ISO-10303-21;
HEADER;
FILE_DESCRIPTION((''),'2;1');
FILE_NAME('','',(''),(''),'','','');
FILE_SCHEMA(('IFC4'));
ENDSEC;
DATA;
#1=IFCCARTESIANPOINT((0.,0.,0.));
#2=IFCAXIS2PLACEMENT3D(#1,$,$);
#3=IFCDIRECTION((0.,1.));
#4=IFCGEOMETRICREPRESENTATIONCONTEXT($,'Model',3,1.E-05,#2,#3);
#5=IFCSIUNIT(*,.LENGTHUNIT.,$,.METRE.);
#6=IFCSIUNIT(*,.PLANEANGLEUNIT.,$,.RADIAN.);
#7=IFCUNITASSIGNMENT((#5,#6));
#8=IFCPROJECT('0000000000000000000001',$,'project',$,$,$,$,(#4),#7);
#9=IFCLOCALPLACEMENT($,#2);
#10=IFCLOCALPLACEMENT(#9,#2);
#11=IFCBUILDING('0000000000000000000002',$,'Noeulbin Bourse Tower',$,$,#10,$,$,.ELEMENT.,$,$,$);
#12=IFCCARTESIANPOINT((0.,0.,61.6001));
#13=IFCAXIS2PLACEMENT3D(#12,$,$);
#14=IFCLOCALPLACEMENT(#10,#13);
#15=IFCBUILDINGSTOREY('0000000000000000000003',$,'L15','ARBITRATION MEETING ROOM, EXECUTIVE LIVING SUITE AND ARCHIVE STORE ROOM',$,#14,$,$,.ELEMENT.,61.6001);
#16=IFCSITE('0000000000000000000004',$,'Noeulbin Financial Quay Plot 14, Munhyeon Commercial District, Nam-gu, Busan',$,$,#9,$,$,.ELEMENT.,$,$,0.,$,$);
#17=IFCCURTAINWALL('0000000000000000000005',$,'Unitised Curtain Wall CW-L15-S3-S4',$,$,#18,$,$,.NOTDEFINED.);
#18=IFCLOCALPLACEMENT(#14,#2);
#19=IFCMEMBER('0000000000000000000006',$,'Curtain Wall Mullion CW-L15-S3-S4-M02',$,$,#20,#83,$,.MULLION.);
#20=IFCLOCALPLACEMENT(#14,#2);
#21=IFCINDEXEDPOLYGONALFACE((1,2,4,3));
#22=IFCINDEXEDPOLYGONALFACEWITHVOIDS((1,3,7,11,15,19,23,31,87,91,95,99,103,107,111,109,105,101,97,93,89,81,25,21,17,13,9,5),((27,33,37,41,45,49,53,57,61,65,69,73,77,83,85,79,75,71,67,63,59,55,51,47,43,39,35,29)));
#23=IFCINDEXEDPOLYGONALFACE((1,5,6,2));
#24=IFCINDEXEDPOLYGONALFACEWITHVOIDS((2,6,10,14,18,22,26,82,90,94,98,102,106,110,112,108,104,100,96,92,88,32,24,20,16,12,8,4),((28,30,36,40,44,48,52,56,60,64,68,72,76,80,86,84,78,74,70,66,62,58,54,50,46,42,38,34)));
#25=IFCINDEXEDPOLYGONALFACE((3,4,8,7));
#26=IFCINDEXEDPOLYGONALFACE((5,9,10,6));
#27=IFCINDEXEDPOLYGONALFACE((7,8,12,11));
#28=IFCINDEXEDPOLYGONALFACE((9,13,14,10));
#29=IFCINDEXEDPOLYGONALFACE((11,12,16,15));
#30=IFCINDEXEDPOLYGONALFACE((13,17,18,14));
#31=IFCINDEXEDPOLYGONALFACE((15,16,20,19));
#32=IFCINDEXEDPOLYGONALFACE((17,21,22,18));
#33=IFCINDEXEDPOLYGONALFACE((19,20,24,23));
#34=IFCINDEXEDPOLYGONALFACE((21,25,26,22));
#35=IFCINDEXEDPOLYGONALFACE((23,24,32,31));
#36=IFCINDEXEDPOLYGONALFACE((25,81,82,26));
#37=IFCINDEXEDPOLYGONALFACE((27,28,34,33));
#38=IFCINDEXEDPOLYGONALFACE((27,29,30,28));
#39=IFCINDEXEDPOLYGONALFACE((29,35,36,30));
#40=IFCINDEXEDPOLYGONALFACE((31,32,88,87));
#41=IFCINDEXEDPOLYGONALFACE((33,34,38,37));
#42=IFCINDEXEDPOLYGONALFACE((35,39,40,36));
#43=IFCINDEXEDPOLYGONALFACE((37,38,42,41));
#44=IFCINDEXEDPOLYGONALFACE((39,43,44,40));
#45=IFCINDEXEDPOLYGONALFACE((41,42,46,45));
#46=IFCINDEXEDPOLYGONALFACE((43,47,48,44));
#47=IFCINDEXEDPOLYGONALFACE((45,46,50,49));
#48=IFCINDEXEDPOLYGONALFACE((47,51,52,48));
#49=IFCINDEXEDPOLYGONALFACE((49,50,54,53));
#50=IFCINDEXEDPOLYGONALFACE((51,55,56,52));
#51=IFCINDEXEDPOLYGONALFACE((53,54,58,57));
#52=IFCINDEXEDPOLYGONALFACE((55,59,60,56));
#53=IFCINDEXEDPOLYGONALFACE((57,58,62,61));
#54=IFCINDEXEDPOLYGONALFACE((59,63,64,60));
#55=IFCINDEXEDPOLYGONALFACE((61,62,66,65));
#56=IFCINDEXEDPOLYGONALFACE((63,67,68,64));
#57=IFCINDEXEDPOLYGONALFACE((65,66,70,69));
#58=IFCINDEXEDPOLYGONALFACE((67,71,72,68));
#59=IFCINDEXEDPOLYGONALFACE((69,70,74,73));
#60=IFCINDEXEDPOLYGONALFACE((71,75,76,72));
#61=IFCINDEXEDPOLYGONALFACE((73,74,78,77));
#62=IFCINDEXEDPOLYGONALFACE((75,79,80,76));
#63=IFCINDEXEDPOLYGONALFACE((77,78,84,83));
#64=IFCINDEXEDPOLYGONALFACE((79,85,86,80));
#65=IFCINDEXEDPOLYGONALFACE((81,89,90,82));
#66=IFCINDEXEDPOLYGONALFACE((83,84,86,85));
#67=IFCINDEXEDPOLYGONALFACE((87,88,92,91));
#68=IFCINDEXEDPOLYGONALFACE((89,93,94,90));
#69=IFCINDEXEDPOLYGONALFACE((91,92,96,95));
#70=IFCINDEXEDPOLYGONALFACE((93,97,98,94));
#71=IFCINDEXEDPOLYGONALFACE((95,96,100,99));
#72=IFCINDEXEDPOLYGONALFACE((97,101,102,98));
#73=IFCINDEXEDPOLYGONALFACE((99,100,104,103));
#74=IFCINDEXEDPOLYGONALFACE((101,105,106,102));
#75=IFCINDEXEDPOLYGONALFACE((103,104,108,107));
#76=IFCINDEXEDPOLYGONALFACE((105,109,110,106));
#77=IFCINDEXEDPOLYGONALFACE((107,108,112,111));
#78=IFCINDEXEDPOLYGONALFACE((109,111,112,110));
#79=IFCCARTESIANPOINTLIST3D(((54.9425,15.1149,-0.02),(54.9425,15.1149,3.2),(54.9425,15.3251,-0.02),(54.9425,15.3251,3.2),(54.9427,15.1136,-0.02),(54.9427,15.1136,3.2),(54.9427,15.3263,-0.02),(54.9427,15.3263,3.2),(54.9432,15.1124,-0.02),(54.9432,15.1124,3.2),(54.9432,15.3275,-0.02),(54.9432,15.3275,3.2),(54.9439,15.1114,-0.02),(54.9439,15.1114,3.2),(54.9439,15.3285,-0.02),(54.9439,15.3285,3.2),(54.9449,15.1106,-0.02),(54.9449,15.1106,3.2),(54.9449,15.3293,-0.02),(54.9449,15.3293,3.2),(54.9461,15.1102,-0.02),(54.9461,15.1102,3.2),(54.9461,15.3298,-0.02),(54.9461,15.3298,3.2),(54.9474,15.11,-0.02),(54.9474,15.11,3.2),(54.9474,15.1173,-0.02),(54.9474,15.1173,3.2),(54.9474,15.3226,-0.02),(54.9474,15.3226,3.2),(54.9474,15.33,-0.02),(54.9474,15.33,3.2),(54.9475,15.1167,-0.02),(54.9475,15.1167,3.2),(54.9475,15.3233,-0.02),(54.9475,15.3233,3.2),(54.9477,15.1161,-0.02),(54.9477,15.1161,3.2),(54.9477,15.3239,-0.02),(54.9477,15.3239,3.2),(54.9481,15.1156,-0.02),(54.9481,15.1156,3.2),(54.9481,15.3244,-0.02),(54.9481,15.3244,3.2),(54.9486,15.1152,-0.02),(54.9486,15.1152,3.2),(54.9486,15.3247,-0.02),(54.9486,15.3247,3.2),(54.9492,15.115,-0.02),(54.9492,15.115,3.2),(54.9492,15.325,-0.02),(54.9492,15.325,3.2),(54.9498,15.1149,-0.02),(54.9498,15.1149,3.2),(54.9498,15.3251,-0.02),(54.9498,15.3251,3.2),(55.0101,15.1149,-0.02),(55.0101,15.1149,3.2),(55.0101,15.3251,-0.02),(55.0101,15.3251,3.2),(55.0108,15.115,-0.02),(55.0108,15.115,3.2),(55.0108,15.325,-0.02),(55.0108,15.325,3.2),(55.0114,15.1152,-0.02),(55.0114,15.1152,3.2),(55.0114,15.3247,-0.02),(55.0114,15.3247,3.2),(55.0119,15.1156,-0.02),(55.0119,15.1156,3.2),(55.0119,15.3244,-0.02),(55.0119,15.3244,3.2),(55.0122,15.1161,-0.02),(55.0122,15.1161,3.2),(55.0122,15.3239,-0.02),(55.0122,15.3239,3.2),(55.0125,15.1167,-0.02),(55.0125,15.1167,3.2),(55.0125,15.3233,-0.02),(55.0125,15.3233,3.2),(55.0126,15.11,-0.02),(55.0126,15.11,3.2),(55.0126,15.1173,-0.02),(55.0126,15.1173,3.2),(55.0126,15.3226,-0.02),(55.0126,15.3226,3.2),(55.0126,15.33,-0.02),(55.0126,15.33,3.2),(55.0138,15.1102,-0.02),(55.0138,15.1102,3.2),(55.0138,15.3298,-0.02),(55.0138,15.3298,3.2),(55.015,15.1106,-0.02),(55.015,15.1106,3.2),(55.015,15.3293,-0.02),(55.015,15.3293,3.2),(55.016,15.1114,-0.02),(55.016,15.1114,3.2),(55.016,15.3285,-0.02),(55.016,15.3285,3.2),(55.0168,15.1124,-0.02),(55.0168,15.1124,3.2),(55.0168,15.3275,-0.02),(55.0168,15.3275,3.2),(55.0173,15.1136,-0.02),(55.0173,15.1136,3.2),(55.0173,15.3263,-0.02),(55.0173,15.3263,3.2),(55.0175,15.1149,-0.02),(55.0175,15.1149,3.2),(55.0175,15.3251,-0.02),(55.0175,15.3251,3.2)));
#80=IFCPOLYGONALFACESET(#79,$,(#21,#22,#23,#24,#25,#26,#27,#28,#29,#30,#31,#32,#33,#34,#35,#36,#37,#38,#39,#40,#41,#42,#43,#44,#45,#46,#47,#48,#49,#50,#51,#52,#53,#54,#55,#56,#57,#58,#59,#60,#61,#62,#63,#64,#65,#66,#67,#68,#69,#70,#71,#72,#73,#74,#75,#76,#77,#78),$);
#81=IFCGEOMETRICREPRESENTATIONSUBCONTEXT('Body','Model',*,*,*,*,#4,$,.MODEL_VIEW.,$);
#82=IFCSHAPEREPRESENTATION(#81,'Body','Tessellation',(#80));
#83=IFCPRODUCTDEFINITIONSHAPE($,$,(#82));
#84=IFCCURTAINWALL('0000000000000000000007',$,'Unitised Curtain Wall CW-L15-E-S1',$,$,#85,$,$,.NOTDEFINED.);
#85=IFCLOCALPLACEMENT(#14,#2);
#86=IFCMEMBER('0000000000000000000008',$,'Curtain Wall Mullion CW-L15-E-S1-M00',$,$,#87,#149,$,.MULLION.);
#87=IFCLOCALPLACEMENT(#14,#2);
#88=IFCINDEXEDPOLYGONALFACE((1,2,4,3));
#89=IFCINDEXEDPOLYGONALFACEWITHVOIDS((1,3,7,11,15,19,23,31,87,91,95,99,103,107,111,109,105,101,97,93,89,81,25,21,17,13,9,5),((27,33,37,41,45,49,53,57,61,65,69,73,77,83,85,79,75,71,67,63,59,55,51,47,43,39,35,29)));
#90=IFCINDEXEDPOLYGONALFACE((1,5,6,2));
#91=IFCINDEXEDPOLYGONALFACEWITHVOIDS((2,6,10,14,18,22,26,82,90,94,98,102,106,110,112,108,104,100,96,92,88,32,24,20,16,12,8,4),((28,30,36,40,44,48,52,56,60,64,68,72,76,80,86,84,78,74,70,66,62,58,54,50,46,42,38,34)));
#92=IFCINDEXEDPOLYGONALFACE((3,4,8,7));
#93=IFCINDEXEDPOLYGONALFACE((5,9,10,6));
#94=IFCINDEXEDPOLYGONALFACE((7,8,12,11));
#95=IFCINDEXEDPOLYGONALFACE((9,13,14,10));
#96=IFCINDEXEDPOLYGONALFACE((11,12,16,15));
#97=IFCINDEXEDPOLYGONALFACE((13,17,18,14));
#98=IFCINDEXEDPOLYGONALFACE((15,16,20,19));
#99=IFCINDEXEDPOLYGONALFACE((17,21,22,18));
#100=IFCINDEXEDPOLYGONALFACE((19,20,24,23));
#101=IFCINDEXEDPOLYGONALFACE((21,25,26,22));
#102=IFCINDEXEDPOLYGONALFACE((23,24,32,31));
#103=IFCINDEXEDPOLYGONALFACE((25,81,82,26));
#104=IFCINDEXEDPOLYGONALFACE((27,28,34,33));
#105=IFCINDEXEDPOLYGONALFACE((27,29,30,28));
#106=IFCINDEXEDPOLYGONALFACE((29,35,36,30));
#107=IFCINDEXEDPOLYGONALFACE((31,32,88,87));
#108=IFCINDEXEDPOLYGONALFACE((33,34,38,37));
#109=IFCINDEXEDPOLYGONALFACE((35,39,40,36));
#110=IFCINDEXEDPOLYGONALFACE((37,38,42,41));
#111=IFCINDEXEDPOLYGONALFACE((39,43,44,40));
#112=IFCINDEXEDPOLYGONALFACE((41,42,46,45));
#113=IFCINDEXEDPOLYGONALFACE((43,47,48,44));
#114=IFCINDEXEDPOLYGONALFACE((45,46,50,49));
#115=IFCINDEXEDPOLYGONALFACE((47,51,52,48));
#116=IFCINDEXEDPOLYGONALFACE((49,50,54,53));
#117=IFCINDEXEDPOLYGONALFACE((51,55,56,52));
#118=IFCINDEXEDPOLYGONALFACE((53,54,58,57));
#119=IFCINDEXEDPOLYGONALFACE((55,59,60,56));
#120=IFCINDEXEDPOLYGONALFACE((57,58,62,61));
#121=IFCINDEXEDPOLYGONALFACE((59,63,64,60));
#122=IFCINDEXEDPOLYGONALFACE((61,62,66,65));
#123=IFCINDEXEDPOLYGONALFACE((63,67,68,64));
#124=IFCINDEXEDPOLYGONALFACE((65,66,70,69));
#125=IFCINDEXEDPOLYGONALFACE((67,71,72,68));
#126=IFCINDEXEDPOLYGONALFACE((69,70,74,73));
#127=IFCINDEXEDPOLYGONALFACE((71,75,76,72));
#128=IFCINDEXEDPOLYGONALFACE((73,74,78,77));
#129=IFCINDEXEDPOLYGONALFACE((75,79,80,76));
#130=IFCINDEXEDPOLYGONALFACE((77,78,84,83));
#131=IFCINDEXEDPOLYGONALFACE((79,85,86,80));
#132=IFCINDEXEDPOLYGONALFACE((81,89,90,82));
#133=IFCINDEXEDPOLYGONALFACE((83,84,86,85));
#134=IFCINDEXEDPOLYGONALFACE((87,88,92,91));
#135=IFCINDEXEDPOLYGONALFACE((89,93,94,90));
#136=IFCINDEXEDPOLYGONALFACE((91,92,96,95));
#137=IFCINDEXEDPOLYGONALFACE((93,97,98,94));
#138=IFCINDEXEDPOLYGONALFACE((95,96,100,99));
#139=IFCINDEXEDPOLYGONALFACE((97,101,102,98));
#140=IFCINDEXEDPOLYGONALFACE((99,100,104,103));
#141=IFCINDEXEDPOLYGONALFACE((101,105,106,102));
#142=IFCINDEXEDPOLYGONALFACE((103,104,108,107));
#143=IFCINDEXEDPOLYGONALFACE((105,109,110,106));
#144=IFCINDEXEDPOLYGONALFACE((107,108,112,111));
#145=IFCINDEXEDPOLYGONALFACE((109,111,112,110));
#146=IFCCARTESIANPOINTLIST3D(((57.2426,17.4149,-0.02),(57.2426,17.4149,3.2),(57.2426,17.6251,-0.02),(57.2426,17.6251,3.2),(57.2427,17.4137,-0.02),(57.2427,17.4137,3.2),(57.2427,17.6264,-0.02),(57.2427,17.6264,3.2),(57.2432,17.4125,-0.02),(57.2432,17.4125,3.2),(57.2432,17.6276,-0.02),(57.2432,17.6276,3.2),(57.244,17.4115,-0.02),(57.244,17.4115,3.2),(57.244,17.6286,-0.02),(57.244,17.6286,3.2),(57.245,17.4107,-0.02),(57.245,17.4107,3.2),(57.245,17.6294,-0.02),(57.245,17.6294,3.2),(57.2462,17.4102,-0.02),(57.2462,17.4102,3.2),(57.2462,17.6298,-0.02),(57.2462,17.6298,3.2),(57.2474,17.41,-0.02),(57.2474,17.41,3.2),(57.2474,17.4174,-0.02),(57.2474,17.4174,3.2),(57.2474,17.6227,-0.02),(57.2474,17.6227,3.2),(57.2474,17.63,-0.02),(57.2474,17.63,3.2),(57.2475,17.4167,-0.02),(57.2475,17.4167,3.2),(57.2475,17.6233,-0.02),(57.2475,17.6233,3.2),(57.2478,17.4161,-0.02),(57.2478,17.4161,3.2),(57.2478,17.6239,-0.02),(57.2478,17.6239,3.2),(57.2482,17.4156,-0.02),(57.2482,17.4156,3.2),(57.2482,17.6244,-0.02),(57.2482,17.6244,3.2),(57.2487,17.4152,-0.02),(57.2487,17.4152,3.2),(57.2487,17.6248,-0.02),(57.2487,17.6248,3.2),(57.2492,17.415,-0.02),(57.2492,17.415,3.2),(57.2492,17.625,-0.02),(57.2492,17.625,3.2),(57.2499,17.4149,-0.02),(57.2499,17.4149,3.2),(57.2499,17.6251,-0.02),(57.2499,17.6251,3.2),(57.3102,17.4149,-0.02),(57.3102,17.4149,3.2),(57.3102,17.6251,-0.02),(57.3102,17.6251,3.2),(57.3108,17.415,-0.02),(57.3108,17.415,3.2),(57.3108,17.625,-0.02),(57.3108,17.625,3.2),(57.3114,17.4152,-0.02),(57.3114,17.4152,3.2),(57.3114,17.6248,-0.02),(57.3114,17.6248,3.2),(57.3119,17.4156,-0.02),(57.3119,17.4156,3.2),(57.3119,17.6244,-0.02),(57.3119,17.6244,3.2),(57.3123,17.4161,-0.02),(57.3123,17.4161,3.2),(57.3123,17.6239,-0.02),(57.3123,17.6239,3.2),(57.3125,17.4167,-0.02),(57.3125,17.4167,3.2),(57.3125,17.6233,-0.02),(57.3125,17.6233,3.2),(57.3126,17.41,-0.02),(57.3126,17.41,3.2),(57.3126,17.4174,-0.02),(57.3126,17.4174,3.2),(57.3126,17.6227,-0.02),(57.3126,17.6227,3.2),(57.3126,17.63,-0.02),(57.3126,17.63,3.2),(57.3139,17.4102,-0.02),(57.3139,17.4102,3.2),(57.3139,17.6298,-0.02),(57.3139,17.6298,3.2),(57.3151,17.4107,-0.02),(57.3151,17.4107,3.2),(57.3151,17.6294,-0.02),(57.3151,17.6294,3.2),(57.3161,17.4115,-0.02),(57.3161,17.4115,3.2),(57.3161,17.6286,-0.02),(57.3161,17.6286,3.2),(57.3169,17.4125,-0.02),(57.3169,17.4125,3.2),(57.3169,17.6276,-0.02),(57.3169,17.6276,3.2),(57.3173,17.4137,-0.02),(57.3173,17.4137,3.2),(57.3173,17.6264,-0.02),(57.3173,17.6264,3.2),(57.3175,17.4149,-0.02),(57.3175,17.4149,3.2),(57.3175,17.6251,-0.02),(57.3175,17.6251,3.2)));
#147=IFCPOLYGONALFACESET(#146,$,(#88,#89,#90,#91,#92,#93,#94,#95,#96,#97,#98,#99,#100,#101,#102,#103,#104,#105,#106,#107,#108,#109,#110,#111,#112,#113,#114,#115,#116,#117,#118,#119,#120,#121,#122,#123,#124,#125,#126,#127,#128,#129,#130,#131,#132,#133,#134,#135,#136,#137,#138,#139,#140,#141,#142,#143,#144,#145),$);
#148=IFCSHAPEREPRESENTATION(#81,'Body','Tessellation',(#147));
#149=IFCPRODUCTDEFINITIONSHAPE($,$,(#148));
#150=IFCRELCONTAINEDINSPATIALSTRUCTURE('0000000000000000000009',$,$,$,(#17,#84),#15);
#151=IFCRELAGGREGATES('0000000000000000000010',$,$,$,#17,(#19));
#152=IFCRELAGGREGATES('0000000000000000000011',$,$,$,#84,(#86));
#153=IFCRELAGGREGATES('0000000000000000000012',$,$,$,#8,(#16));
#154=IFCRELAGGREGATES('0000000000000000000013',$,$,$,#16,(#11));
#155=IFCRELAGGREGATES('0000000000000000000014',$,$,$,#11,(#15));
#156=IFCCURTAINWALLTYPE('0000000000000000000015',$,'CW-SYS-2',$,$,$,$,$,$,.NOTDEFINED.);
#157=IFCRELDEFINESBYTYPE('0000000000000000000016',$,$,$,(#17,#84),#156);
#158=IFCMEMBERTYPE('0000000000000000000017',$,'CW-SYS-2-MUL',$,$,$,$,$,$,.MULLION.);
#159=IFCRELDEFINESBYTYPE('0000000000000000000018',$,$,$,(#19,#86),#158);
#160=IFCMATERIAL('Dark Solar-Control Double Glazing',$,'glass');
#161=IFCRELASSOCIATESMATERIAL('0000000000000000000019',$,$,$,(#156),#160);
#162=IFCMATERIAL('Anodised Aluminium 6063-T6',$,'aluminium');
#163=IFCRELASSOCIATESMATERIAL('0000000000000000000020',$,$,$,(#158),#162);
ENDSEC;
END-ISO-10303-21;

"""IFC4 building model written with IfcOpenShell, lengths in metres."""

from ifc_helpers import new_model, si_unit, direction, frame, origin, origin_2d, place, context, subcontext, project, spatial, hollow_rectangle, extrude, material, material_profile, profile_set, type_object, element, aggregate, save


model = new_model("IFC4")

# Units and contexts
model_context = context("Model", 3, precision=1e-05, world=origin(), true_north=direction((0.0, 1.0)))
body_context = subcontext(model_context, "Body", "Model", "MODEL_VIEW")
ifc_project = project(units=[si_unit("LENGTHUNIT", "METRE"), si_unit("PLANEANGLEUNIT", "RADIAN")], contexts=[model_context])

# Site, building, storey
site_placement = place(None, origin())
site = spatial("IfcSite", under=ifc_project, at=site_placement, Name="Noeulbin Financial Quay Plot 14, Munhyeon Commercial District, Nam-gu, Busan", CompositionType="ELEMENT", RefElevation=0.0)
building_placement = place(site_placement, origin())
building = spatial("IfcBuilding", under=site, at=building_placement, Name="Noeulbin Bourse Tower", CompositionType="ELEMENT")
storey_placement = place(building_placement, frame((0.0, 0.0, 61.6001)))
storey = spatial("IfcBuildingStorey", under=building, at=storey_placement, Name="L15", Description="ARBITRATION MEETING ROOM, EXECUTIVE LIVING SUITE AND ARCHIVE STORE ROOM", CompositionType="ELEMENT", Elevation=61.6001)

# Curtain walls, members
ifc_material_1 = material(Name="Dark Solar-Control Double Glazing", Category="glass")
curtain_wall_type = type_object("IfcCurtainWallType", Name="CW-SYS-2", PredefinedType="NOTDEFINED", material=ifc_material_1)
curtain_wall_1_placement = place(storey_placement, origin())
curtain_wall_1 = element("IfcCurtainWall", 1, at=curtain_wall_1_placement, inside=storey, type_object=curtain_wall_type, Name="Unitised Curtain Wall CW-L15-S3-S4", PredefinedType="NOTDEFINED")
ifc_material_2 = material(Name="Anodised Aluminium 6063-T6", Category="aluminium")
ifc_material_profile_1 = material_profile(ifc_material_2, hollow_rectangle(XDim=0.075, YDim=0.22, WallThickness=0.0049, InnerFilletRadius=0.0024, OuterFilletRadius=0.0049, at=origin_2d()), Name="ALU-MULL-75x220x5", Category="LoadBearing")
ifc_profile_set_1 = profile_set([ifc_material_profile_1], Name="Anodised Aluminium 6063-T6")
member_type_1 = type_object("IfcMemberType", Name="CW-SYS-2-MUL", PredefinedType="MULLION", material=ifc_profile_set_1)
member_1_placement = place(storey_placement, frame((54.98, 15.22, -0.02), z_axis=(0.0, 0.0, 1.0), x_axis=(1.0, 0.0, 0.0)))
member_1 = element("IfcMember", 2, at=member_1_placement, type_object=member_type_1, Name="Curtain Wall Mullion CW-L15-S3-S4-M02", PredefinedType="MULLION", context=body_context, shape_type="SweptSolid", body=[
    extrude(hollow_rectangle(XDim=0.075, YDim=0.22, WallThickness=0.0049, InnerFilletRadius=0.0024, OuterFilletRadius=0.0049, at=origin_2d()), origin(), (0.0, 0.0, 1.0), 3.22),
])
curtain_wall_2_placement = place(storey_placement, origin())
curtain_wall_2 = element("IfcCurtainWall", 3, at=curtain_wall_2_placement, inside=storey, type_object=curtain_wall_type, Name="Unitised Curtain Wall CW-L15-E-S1", PredefinedType="NOTDEFINED")
member_2_placement = place(storey_placement, frame((57.28, 17.52, -0.02), z_axis=(0.0, 0.0, 1.0), x_axis=(1.0, 0.0, 0.0)))
member_2 = element("IfcMember", 4, at=member_2_placement, type_object=member_type_1, Name="Curtain Wall Mullion CW-L15-E-S1-M00", PredefinedType="MULLION", context=body_context, shape_type="SweptSolid", body=[
    extrude(hollow_rectangle(XDim=0.075, YDim=0.22, WallThickness=0.0049, InnerFilletRadius=0.0024, OuterFilletRadius=0.0049, at=origin_2d()), origin(), (0.0, 0.0, 1.0), 3.22),
])

aggregate(curtain_wall_1, [member_1])
aggregate(curtain_wall_2, [member_2])

save(model, "model.ifc")
